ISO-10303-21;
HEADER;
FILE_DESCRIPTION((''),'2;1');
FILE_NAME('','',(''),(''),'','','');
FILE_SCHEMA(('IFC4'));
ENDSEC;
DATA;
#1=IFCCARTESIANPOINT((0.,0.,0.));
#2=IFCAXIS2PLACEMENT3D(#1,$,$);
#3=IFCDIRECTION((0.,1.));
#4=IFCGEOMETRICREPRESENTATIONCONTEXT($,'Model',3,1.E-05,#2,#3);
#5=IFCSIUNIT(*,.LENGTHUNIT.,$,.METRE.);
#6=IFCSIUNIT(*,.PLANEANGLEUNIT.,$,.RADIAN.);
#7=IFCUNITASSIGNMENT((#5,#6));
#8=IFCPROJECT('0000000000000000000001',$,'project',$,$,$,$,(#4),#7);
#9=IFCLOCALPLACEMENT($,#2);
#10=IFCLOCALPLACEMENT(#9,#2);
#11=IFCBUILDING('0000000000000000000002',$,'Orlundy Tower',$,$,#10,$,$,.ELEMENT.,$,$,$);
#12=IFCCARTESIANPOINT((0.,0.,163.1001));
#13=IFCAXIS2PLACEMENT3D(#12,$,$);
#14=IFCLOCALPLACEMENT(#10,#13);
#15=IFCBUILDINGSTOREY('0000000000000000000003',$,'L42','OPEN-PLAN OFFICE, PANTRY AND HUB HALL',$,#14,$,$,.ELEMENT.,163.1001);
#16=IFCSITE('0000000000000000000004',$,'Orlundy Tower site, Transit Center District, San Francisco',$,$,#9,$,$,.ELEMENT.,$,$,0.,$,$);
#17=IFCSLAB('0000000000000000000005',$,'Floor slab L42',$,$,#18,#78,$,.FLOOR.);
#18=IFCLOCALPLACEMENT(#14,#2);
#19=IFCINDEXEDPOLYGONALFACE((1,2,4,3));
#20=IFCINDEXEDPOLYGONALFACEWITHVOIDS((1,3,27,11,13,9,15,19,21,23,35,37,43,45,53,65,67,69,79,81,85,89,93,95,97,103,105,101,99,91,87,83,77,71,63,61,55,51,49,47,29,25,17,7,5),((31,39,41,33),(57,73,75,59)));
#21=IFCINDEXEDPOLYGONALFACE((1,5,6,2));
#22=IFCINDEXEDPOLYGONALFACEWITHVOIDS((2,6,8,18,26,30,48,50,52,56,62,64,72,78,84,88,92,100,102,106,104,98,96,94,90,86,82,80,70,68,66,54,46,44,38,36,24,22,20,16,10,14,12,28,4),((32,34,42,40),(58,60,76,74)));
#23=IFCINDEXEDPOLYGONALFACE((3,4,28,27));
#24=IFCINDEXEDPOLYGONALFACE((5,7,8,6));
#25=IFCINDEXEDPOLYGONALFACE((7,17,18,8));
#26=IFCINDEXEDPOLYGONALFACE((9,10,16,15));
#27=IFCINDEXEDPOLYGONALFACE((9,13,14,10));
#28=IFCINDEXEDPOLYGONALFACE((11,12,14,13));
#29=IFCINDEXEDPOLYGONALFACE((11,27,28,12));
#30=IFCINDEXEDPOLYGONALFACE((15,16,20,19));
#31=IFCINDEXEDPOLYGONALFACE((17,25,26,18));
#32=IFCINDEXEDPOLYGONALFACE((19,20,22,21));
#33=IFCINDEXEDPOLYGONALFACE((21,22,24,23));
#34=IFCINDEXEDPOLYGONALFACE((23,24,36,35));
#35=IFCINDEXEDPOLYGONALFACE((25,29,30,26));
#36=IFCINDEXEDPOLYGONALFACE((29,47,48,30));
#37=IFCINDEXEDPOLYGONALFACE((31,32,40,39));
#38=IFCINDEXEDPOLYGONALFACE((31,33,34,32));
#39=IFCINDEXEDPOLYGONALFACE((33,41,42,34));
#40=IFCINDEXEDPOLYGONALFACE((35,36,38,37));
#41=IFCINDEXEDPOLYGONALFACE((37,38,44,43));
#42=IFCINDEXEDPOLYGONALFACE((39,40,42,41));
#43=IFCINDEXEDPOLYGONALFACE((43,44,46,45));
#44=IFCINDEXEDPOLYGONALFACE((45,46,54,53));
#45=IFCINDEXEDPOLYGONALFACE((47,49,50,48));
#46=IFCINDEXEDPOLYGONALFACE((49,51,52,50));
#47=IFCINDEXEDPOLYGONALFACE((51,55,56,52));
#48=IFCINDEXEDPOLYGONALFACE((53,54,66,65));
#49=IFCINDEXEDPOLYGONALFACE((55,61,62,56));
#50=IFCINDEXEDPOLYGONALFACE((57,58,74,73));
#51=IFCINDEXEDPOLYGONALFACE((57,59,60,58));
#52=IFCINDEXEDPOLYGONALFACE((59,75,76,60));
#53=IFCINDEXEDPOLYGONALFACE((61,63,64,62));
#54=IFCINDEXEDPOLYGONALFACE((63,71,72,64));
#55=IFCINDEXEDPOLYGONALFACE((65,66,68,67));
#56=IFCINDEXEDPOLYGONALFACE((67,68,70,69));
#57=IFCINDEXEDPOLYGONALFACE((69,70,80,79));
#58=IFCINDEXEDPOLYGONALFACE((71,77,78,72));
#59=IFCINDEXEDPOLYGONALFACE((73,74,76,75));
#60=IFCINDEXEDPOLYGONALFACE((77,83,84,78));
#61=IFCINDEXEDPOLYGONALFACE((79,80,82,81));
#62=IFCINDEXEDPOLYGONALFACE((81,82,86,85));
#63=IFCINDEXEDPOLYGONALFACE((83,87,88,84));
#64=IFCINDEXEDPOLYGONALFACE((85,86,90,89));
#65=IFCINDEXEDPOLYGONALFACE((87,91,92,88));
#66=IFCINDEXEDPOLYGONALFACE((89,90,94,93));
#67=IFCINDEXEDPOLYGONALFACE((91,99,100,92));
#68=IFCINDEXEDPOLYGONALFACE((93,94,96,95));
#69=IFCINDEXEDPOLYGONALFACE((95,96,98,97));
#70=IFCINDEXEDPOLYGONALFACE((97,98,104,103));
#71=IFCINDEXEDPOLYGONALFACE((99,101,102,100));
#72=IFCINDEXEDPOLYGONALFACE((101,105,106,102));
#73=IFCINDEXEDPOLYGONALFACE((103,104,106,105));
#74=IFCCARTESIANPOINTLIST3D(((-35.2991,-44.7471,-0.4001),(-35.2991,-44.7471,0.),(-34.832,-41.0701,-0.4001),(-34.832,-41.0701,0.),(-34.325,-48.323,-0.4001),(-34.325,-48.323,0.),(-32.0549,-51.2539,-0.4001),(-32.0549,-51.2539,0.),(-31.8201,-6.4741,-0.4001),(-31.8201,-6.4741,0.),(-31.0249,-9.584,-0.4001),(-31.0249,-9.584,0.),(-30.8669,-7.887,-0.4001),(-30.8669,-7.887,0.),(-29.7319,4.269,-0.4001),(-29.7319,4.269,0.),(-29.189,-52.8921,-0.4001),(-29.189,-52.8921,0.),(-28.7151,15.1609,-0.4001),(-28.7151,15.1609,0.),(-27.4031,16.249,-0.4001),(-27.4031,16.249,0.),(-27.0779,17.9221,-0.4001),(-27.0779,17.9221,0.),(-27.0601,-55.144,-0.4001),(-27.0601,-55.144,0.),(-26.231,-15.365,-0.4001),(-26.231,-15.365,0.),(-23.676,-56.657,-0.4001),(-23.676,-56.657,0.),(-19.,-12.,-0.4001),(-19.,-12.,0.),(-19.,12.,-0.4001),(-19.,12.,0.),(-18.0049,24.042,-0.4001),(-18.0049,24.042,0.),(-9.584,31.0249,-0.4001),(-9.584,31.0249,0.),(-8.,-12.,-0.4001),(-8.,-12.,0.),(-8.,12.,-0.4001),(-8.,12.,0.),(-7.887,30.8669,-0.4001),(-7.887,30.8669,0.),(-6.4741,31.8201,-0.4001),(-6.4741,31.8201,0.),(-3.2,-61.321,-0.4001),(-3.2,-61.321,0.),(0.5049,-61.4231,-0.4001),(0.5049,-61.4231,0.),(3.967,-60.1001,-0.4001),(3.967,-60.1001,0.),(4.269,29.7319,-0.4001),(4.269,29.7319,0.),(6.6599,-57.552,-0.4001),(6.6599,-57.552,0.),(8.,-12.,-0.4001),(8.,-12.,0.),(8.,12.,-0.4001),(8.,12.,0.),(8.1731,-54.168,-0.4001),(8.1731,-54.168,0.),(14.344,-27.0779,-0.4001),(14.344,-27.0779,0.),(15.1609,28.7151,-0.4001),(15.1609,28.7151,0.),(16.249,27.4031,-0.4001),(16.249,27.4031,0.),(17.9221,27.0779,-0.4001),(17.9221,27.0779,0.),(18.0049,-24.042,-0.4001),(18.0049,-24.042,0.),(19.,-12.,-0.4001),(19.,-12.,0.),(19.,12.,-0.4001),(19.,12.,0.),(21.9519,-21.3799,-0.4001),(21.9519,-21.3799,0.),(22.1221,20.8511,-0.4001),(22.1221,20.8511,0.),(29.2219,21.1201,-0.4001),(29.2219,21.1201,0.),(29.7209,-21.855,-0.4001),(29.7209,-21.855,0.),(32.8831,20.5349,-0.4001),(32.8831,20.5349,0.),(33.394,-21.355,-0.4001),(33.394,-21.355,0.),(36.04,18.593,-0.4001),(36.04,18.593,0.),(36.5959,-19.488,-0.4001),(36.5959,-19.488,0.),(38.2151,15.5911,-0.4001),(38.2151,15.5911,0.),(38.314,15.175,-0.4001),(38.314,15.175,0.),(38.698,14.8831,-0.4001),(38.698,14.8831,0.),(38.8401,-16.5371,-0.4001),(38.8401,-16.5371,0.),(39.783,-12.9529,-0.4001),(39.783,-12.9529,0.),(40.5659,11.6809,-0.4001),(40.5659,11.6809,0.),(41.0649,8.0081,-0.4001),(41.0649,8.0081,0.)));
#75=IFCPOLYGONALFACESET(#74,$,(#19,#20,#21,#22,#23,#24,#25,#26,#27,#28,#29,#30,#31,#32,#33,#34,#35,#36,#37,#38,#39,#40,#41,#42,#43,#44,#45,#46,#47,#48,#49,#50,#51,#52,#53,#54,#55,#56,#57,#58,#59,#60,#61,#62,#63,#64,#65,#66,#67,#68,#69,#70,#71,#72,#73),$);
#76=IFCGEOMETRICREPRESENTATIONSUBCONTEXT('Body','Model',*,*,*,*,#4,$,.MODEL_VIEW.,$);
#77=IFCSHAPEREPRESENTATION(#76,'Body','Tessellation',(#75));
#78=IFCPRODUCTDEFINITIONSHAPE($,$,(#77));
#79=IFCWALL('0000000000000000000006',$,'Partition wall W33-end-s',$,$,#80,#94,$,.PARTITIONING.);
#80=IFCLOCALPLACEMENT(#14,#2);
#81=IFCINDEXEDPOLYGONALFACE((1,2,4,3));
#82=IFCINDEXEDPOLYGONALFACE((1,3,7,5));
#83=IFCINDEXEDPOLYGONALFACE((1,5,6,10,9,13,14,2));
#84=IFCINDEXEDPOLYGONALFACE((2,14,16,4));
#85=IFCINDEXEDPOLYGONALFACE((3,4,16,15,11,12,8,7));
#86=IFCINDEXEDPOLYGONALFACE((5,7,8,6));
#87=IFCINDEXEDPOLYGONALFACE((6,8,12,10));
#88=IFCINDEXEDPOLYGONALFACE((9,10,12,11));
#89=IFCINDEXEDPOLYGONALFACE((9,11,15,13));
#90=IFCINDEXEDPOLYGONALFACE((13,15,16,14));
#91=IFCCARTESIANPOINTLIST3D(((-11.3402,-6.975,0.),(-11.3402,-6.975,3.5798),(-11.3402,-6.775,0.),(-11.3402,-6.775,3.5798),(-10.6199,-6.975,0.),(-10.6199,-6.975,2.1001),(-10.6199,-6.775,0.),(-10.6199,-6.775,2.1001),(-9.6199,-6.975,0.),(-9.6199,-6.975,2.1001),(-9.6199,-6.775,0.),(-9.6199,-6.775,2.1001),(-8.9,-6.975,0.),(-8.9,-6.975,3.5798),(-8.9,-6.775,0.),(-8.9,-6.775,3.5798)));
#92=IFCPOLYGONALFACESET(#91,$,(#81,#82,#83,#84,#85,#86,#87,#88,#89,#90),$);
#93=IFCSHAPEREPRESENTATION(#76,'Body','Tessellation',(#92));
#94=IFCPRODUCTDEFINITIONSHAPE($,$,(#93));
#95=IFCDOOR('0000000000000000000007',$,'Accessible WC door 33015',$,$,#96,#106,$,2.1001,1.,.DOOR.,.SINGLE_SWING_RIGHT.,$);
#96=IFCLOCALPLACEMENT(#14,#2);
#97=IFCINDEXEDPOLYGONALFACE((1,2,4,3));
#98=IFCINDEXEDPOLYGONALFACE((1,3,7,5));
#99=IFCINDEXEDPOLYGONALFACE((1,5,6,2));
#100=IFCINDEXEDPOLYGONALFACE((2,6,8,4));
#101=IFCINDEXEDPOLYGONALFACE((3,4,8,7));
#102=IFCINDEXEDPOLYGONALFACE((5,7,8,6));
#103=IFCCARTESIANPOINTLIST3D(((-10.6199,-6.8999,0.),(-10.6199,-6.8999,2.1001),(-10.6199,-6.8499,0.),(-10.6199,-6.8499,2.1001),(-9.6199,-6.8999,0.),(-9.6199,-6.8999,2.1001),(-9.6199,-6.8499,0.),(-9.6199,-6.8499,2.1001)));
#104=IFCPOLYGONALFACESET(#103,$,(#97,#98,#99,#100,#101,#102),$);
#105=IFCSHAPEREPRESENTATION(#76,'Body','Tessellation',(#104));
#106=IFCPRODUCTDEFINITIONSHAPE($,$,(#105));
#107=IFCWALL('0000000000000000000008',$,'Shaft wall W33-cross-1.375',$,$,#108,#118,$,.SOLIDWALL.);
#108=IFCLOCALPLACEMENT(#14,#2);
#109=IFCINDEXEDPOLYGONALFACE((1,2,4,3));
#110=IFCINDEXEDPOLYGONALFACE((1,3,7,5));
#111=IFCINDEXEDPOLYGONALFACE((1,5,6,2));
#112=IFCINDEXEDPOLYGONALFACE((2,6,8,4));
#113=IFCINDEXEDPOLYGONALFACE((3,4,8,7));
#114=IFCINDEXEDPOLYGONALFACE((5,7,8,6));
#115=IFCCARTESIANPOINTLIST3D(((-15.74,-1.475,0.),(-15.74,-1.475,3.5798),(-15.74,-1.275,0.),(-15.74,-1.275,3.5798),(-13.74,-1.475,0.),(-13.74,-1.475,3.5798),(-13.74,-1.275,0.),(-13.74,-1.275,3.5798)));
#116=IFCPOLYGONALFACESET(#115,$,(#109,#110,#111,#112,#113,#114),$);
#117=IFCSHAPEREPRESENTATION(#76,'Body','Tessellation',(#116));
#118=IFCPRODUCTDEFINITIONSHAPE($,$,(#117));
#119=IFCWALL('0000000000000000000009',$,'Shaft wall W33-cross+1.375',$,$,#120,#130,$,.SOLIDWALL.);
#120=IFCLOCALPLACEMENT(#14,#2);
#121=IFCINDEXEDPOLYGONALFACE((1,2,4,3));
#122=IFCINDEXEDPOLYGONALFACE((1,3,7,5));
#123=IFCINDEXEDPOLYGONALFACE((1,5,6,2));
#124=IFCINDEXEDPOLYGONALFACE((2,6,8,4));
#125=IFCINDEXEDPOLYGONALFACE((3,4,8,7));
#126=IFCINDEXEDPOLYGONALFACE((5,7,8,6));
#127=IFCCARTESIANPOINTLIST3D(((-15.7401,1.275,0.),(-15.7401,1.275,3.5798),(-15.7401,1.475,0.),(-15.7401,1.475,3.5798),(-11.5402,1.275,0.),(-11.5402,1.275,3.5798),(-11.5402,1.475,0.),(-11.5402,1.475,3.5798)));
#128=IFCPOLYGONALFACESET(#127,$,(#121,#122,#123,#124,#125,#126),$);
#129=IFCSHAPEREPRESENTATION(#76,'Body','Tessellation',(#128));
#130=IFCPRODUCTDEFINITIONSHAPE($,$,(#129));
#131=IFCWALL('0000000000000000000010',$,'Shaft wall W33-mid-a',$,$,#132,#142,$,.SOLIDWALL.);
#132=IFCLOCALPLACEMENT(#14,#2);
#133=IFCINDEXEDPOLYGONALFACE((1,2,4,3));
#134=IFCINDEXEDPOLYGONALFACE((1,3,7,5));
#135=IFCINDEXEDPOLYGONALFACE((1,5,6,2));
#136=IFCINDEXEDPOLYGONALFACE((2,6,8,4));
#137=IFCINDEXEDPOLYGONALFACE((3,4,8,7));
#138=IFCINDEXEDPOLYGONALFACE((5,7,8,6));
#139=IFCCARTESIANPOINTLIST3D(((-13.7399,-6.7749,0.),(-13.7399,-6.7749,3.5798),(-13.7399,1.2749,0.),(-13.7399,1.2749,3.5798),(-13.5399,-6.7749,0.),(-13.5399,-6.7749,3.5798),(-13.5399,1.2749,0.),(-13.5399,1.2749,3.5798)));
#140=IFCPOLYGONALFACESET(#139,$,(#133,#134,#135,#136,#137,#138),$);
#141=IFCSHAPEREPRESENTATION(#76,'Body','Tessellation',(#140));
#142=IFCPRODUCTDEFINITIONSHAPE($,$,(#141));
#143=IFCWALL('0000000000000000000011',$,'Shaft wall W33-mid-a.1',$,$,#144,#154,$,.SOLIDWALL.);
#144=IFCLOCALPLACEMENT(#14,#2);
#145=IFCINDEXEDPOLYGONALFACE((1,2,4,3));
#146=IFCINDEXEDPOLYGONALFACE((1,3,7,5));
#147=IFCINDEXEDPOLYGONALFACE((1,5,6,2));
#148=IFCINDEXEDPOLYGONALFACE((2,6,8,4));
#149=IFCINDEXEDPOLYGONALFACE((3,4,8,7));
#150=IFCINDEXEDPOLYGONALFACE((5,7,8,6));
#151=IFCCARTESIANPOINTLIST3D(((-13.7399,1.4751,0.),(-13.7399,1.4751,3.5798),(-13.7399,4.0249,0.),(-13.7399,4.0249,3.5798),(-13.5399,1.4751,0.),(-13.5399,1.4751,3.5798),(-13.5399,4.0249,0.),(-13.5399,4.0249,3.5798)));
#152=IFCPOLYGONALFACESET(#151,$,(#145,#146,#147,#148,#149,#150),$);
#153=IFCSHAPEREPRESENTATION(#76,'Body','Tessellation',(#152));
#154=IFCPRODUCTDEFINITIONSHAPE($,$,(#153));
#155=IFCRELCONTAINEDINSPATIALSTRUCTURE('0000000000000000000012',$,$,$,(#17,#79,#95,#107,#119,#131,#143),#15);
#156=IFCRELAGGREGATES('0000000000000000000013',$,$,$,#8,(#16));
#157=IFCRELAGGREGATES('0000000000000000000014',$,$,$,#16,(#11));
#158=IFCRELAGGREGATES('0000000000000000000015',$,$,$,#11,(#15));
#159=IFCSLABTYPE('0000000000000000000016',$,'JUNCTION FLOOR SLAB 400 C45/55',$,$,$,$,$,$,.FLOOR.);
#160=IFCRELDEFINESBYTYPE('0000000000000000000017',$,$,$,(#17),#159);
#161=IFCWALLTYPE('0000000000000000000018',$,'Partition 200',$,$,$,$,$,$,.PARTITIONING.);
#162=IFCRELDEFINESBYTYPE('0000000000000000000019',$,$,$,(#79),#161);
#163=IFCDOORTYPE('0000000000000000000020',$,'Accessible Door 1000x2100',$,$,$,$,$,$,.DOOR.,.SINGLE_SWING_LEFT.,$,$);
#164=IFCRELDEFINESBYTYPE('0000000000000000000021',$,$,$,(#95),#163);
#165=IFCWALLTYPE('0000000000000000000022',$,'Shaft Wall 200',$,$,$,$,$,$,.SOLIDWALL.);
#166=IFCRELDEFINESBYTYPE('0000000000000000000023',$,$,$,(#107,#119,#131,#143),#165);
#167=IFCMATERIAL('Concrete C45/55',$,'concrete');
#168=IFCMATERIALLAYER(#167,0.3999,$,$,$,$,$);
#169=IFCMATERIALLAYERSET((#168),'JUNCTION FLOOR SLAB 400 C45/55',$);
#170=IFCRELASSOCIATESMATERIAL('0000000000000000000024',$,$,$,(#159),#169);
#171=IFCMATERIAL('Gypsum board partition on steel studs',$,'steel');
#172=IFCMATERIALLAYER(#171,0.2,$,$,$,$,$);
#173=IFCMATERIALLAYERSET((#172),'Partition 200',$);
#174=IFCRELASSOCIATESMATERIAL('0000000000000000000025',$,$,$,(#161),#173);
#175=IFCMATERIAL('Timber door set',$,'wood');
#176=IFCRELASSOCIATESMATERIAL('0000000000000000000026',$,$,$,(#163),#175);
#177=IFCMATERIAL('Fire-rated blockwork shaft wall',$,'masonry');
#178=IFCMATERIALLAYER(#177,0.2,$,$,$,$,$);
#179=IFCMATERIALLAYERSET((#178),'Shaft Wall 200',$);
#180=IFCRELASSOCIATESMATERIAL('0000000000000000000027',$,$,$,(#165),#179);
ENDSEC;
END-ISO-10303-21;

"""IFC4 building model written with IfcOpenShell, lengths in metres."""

from ifc_helpers import new_model, si_unit, direction, frame, frame_2d, origin, place, context, subcontext, project, spatial, polyline, rectangle, outline, extrude, material, layer, layer_set, type_object, element, fill, save


model = new_model("IFC4")

# Units and contexts
model_context = context("Model", 3, precision=1e-05, world=origin(), true_north=direction((0.0, 1.0)))
body_context = subcontext(model_context, "Body", "Model", "MODEL_VIEW")
ifc_project = project(units=[si_unit("LENGTHUNIT", "METRE"), si_unit("PLANEANGLEUNIT", "RADIAN")], contexts=[model_context])

# Site, building, storey
site_placement = place(None, origin())
site = spatial("IfcSite", under=ifc_project, at=site_placement, Name="Orlundy Tower site, Transit Center District, San Francisco", CompositionType="ELEMENT", RefElevation=0.0)
building_placement = place(site_placement, origin())
building = spatial("IfcBuilding", under=site, at=building_placement, Name="Orlundy Tower", CompositionType="ELEMENT")
storey_placement = place(building_placement, frame((0.0, 0.0, 163.1001)))
storey = spatial("IfcBuildingStorey", under=building, at=storey_placement, Name="L42", Description="OPEN-PLAN OFFICE, PANTRY AND HUB HALL", CompositionType="ELEMENT", Elevation=163.1001)

# Slab
ifc_material_1 = material(Name="Concrete C45/55", Category="concrete")
ifc_layer_1 = layer(ifc_material_1, 0.3999)
ifc_layer_set_1 = layer_set([ifc_layer_1], Name="JUNCTION FLOOR SLAB 400 C45/55")
slab_type_1 = type_object("IfcSlabType", Name="JUNCTION FLOOR SLAB 400 C45/55", PredefinedType="FLOOR", material=ifc_layer_set_1)
slab_1_placement = place(storey_placement, frame((0.0, 0.0, -0.4001)))
element("IfcSlab", 1, at=slab_1_placement, inside=storey, type_object=slab_type_1, Name="Floor slab L42", PredefinedType="FLOOR", context=body_context, shape_type="SweptSolid", body=[
    extrude(outline(polyline([(-30.8669, -7.887), (-31.8201, -6.4741), (-29.7319, 4.269), (-28.7151, 15.1609), (-27.4031, 16.249), (-27.0779, 17.9221), (-18.0049, 24.042), (-9.584, 31.0249), (-7.887, 30.8669), (-6.4741, 31.8201), (4.269, 29.7319), (15.1609, 28.7151), (16.249, 27.4031), (17.9221, 27.0779), (22.1221, 20.8511), (29.2219, 21.1201), (32.8831, 20.5349), (36.04, 18.593), (38.2151, 15.5911), (38.314, 15.175), (38.698, 14.8831), (40.5659, 11.6809), (41.0649, 8.0081), (39.783, -12.9529), (38.8401, -16.5371), (36.5959, -19.488), (33.394, -21.355), (29.7209, -21.855), (21.9519, -21.3799), (18.0049, -24.042), (14.344, -27.0779), (8.1731, -54.168), (6.6599, -57.552), (3.967, -60.1001), (0.5049, -61.4231), (-3.2, -61.321), (-23.676, -56.657), (-27.0601, -55.144), (-29.189, -52.8921), (-32.0549, -51.2539), (-34.325, -48.323), (-35.2991, -44.7471), (-34.832, -41.0701), (-26.231, -15.365), (-31.0249, -9.584), (-30.8669, -7.887)]), holes=[polyline([(-8.0, -12.0), (-8.0, 12.0), (-19.0, 12.0), (-19.0, -12.0), (-8.0, -12.0)]), polyline([(19.0, -12.0), (19.0, 12.0), (8.0, 12.0), (8.0, -12.0), (19.0, -12.0)])]), origin(), (0.0, 0.0, 1.0), 0.4001),
])

# Wall, opening, door
ifc_material_2 = material(Name="Gypsum board partition on steel studs", Category="steel")
ifc_layer_2 = layer(ifc_material_2, 0.2)
ifc_layer_set_2 = layer_set([ifc_layer_2], Name="Partition 200")
wall_type_1 = type_object("IfcWallType", Name="Partition 200", PredefinedType="PARTITIONING", material=ifc_layer_set_2)
wall_1_placement = place(storey_placement, frame((-8.8999, -6.875, 0.0), z_axis=(0.0, 0.0, 1.0), x_axis=(-1.0, 0.0, 0.0)))
wall_1 = element("IfcWall", 2, at=wall_1_placement, inside=storey, type_object=wall_type_1, Name="Partition wall W33-end-s", PredefinedType="PARTITIONING", context=body_context, shape_type="SweptSolid", body=[
    extrude(rectangle(XDim=2.4402, YDim=0.2, at=frame_2d((1.2202, 0.0))), origin(), (0.0, 0.0, 1.0), 3.5798),
])
opening_placement = place(wall_1_placement, frame((0.72, 0.0, 0.0)))
opening = element("IfcOpeningElement", 3, at=opening_placement, cuts=wall_1, PredefinedType="OPENING", context=body_context, shape_type="SweptSolid", body=[
    extrude(rectangle(XDim=1.0, YDim=2.1001, at=frame_2d((0.5, 1.05))), frame((0.0, 0.1101, 0.0), z_axis=(0.0, -1.0, 0.0), x_axis=(1.0, 0.0, 0.0)), (0.0, 0.0, 1.0), 0.2202),
])
ifc_material_3 = material(Name="Timber door set", Category="wood")
door_type = type_object("IfcDoorType", Name="Accessible Door 1000x2100", OperationType="SINGLE_SWING_LEFT", PredefinedType="DOOR", material=ifc_material_3)
door_placement = place(opening_placement, origin())
door = element("IfcDoor", 4, at=door_placement, inside=storey, type_object=door_type, Name="Accessible WC door 33015", OperationType="SINGLE_SWING_RIGHT", OverallHeight=2.1001, OverallWidth=1.0, PredefinedType="DOOR", context=body_context, shape_type="SweptSolid", body=[
    extrude(rectangle(XDim=1.0, YDim=2.1001, at=frame_2d((0.5, 1.05))), frame((0.0, 0.0249, 0.0), z_axis=(0.0, -1.0, 0.0), x_axis=(1.0, 0.0, 0.0)), (0.0, 0.0, 1.0), 0.05),
])
fill(opening, door)

# Walls
ifc_material_4 = material(Name="Fire-rated blockwork shaft wall", Category="masonry")
ifc_layer_3 = layer(ifc_material_4, 0.2)
ifc_layer_set_3 = layer_set([ifc_layer_3], Name="Shaft Wall 200")
wall_type_2 = type_object("IfcWallType", Name="Shaft Wall 200", PredefinedType="SOLIDWALL", material=ifc_layer_set_3)
wall_2_placement = place(storey_placement, frame((-13.74, -1.375, 0.0), z_axis=(0.0, 0.0, 1.0), x_axis=(-1.0, 0.0, 0.0)))
element("IfcWall", 5, at=wall_2_placement, inside=storey, type_object=wall_type_2, Name="Shaft wall W33-cross-1.375", PredefinedType="SOLIDWALL", context=body_context, shape_type="SweptSolid", body=[
    extrude(rectangle(XDim=2.0, YDim=0.2, at=frame_2d((1.0, 0.0))), origin(), (0.0, 0.0, 1.0), 3.5798),
])
wall_3_placement = place(storey_placement, frame((-11.54, 1.375, 0.0), z_axis=(0.0, 0.0, 1.0), x_axis=(-1.0, 0.0, 0.0)))
element("IfcWall", 6, at=wall_3_placement, inside=storey, type_object=wall_type_2, Name="Shaft wall W33-cross+1.375", PredefinedType="SOLIDWALL", context=body_context, shape_type="SweptSolid", body=[
    extrude(rectangle(XDim=4.2, YDim=0.2, at=frame_2d((2.1001, 0.0))), origin(), (0.0, 0.0, 1.0), 3.5798),
])
wall_4_placement = place(storey_placement, frame((-13.6399, -6.7749, 0.0), z_axis=(0.0, 0.0, 1.0), x_axis=(0.0, 1.0, 0.0)))
element("IfcWall", 7, at=wall_4_placement, inside=storey, type_object=wall_type_2, Name="Shaft wall W33-mid-a", PredefinedType="SOLIDWALL", context=body_context, shape_type="SweptSolid", body=[
    extrude(rectangle(XDim=8.0498, YDim=0.2, at=frame_2d((4.0249, 0.0))), origin(), (0.0, 0.0, 1.0), 3.5798),
])
wall_5_placement = place(storey_placement, frame((-13.6399, 1.4751, 0.0), z_axis=(0.0, 0.0, 1.0), x_axis=(0.0, 1.0, 0.0)))
element("IfcWall", 8, at=wall_5_placement, inside=storey, type_object=wall_type_2, Name="Shaft wall W33-mid-a.1", PredefinedType="SOLIDWALL", context=body_context, shape_type="SweptSolid", body=[
    extrude(rectangle(XDim=2.5498, YDim=0.2, at=frame_2d((1.2749, 0.0))), origin(), (0.0, 0.0, 1.0), 3.5798),
])

save(model, "model.ifc")
